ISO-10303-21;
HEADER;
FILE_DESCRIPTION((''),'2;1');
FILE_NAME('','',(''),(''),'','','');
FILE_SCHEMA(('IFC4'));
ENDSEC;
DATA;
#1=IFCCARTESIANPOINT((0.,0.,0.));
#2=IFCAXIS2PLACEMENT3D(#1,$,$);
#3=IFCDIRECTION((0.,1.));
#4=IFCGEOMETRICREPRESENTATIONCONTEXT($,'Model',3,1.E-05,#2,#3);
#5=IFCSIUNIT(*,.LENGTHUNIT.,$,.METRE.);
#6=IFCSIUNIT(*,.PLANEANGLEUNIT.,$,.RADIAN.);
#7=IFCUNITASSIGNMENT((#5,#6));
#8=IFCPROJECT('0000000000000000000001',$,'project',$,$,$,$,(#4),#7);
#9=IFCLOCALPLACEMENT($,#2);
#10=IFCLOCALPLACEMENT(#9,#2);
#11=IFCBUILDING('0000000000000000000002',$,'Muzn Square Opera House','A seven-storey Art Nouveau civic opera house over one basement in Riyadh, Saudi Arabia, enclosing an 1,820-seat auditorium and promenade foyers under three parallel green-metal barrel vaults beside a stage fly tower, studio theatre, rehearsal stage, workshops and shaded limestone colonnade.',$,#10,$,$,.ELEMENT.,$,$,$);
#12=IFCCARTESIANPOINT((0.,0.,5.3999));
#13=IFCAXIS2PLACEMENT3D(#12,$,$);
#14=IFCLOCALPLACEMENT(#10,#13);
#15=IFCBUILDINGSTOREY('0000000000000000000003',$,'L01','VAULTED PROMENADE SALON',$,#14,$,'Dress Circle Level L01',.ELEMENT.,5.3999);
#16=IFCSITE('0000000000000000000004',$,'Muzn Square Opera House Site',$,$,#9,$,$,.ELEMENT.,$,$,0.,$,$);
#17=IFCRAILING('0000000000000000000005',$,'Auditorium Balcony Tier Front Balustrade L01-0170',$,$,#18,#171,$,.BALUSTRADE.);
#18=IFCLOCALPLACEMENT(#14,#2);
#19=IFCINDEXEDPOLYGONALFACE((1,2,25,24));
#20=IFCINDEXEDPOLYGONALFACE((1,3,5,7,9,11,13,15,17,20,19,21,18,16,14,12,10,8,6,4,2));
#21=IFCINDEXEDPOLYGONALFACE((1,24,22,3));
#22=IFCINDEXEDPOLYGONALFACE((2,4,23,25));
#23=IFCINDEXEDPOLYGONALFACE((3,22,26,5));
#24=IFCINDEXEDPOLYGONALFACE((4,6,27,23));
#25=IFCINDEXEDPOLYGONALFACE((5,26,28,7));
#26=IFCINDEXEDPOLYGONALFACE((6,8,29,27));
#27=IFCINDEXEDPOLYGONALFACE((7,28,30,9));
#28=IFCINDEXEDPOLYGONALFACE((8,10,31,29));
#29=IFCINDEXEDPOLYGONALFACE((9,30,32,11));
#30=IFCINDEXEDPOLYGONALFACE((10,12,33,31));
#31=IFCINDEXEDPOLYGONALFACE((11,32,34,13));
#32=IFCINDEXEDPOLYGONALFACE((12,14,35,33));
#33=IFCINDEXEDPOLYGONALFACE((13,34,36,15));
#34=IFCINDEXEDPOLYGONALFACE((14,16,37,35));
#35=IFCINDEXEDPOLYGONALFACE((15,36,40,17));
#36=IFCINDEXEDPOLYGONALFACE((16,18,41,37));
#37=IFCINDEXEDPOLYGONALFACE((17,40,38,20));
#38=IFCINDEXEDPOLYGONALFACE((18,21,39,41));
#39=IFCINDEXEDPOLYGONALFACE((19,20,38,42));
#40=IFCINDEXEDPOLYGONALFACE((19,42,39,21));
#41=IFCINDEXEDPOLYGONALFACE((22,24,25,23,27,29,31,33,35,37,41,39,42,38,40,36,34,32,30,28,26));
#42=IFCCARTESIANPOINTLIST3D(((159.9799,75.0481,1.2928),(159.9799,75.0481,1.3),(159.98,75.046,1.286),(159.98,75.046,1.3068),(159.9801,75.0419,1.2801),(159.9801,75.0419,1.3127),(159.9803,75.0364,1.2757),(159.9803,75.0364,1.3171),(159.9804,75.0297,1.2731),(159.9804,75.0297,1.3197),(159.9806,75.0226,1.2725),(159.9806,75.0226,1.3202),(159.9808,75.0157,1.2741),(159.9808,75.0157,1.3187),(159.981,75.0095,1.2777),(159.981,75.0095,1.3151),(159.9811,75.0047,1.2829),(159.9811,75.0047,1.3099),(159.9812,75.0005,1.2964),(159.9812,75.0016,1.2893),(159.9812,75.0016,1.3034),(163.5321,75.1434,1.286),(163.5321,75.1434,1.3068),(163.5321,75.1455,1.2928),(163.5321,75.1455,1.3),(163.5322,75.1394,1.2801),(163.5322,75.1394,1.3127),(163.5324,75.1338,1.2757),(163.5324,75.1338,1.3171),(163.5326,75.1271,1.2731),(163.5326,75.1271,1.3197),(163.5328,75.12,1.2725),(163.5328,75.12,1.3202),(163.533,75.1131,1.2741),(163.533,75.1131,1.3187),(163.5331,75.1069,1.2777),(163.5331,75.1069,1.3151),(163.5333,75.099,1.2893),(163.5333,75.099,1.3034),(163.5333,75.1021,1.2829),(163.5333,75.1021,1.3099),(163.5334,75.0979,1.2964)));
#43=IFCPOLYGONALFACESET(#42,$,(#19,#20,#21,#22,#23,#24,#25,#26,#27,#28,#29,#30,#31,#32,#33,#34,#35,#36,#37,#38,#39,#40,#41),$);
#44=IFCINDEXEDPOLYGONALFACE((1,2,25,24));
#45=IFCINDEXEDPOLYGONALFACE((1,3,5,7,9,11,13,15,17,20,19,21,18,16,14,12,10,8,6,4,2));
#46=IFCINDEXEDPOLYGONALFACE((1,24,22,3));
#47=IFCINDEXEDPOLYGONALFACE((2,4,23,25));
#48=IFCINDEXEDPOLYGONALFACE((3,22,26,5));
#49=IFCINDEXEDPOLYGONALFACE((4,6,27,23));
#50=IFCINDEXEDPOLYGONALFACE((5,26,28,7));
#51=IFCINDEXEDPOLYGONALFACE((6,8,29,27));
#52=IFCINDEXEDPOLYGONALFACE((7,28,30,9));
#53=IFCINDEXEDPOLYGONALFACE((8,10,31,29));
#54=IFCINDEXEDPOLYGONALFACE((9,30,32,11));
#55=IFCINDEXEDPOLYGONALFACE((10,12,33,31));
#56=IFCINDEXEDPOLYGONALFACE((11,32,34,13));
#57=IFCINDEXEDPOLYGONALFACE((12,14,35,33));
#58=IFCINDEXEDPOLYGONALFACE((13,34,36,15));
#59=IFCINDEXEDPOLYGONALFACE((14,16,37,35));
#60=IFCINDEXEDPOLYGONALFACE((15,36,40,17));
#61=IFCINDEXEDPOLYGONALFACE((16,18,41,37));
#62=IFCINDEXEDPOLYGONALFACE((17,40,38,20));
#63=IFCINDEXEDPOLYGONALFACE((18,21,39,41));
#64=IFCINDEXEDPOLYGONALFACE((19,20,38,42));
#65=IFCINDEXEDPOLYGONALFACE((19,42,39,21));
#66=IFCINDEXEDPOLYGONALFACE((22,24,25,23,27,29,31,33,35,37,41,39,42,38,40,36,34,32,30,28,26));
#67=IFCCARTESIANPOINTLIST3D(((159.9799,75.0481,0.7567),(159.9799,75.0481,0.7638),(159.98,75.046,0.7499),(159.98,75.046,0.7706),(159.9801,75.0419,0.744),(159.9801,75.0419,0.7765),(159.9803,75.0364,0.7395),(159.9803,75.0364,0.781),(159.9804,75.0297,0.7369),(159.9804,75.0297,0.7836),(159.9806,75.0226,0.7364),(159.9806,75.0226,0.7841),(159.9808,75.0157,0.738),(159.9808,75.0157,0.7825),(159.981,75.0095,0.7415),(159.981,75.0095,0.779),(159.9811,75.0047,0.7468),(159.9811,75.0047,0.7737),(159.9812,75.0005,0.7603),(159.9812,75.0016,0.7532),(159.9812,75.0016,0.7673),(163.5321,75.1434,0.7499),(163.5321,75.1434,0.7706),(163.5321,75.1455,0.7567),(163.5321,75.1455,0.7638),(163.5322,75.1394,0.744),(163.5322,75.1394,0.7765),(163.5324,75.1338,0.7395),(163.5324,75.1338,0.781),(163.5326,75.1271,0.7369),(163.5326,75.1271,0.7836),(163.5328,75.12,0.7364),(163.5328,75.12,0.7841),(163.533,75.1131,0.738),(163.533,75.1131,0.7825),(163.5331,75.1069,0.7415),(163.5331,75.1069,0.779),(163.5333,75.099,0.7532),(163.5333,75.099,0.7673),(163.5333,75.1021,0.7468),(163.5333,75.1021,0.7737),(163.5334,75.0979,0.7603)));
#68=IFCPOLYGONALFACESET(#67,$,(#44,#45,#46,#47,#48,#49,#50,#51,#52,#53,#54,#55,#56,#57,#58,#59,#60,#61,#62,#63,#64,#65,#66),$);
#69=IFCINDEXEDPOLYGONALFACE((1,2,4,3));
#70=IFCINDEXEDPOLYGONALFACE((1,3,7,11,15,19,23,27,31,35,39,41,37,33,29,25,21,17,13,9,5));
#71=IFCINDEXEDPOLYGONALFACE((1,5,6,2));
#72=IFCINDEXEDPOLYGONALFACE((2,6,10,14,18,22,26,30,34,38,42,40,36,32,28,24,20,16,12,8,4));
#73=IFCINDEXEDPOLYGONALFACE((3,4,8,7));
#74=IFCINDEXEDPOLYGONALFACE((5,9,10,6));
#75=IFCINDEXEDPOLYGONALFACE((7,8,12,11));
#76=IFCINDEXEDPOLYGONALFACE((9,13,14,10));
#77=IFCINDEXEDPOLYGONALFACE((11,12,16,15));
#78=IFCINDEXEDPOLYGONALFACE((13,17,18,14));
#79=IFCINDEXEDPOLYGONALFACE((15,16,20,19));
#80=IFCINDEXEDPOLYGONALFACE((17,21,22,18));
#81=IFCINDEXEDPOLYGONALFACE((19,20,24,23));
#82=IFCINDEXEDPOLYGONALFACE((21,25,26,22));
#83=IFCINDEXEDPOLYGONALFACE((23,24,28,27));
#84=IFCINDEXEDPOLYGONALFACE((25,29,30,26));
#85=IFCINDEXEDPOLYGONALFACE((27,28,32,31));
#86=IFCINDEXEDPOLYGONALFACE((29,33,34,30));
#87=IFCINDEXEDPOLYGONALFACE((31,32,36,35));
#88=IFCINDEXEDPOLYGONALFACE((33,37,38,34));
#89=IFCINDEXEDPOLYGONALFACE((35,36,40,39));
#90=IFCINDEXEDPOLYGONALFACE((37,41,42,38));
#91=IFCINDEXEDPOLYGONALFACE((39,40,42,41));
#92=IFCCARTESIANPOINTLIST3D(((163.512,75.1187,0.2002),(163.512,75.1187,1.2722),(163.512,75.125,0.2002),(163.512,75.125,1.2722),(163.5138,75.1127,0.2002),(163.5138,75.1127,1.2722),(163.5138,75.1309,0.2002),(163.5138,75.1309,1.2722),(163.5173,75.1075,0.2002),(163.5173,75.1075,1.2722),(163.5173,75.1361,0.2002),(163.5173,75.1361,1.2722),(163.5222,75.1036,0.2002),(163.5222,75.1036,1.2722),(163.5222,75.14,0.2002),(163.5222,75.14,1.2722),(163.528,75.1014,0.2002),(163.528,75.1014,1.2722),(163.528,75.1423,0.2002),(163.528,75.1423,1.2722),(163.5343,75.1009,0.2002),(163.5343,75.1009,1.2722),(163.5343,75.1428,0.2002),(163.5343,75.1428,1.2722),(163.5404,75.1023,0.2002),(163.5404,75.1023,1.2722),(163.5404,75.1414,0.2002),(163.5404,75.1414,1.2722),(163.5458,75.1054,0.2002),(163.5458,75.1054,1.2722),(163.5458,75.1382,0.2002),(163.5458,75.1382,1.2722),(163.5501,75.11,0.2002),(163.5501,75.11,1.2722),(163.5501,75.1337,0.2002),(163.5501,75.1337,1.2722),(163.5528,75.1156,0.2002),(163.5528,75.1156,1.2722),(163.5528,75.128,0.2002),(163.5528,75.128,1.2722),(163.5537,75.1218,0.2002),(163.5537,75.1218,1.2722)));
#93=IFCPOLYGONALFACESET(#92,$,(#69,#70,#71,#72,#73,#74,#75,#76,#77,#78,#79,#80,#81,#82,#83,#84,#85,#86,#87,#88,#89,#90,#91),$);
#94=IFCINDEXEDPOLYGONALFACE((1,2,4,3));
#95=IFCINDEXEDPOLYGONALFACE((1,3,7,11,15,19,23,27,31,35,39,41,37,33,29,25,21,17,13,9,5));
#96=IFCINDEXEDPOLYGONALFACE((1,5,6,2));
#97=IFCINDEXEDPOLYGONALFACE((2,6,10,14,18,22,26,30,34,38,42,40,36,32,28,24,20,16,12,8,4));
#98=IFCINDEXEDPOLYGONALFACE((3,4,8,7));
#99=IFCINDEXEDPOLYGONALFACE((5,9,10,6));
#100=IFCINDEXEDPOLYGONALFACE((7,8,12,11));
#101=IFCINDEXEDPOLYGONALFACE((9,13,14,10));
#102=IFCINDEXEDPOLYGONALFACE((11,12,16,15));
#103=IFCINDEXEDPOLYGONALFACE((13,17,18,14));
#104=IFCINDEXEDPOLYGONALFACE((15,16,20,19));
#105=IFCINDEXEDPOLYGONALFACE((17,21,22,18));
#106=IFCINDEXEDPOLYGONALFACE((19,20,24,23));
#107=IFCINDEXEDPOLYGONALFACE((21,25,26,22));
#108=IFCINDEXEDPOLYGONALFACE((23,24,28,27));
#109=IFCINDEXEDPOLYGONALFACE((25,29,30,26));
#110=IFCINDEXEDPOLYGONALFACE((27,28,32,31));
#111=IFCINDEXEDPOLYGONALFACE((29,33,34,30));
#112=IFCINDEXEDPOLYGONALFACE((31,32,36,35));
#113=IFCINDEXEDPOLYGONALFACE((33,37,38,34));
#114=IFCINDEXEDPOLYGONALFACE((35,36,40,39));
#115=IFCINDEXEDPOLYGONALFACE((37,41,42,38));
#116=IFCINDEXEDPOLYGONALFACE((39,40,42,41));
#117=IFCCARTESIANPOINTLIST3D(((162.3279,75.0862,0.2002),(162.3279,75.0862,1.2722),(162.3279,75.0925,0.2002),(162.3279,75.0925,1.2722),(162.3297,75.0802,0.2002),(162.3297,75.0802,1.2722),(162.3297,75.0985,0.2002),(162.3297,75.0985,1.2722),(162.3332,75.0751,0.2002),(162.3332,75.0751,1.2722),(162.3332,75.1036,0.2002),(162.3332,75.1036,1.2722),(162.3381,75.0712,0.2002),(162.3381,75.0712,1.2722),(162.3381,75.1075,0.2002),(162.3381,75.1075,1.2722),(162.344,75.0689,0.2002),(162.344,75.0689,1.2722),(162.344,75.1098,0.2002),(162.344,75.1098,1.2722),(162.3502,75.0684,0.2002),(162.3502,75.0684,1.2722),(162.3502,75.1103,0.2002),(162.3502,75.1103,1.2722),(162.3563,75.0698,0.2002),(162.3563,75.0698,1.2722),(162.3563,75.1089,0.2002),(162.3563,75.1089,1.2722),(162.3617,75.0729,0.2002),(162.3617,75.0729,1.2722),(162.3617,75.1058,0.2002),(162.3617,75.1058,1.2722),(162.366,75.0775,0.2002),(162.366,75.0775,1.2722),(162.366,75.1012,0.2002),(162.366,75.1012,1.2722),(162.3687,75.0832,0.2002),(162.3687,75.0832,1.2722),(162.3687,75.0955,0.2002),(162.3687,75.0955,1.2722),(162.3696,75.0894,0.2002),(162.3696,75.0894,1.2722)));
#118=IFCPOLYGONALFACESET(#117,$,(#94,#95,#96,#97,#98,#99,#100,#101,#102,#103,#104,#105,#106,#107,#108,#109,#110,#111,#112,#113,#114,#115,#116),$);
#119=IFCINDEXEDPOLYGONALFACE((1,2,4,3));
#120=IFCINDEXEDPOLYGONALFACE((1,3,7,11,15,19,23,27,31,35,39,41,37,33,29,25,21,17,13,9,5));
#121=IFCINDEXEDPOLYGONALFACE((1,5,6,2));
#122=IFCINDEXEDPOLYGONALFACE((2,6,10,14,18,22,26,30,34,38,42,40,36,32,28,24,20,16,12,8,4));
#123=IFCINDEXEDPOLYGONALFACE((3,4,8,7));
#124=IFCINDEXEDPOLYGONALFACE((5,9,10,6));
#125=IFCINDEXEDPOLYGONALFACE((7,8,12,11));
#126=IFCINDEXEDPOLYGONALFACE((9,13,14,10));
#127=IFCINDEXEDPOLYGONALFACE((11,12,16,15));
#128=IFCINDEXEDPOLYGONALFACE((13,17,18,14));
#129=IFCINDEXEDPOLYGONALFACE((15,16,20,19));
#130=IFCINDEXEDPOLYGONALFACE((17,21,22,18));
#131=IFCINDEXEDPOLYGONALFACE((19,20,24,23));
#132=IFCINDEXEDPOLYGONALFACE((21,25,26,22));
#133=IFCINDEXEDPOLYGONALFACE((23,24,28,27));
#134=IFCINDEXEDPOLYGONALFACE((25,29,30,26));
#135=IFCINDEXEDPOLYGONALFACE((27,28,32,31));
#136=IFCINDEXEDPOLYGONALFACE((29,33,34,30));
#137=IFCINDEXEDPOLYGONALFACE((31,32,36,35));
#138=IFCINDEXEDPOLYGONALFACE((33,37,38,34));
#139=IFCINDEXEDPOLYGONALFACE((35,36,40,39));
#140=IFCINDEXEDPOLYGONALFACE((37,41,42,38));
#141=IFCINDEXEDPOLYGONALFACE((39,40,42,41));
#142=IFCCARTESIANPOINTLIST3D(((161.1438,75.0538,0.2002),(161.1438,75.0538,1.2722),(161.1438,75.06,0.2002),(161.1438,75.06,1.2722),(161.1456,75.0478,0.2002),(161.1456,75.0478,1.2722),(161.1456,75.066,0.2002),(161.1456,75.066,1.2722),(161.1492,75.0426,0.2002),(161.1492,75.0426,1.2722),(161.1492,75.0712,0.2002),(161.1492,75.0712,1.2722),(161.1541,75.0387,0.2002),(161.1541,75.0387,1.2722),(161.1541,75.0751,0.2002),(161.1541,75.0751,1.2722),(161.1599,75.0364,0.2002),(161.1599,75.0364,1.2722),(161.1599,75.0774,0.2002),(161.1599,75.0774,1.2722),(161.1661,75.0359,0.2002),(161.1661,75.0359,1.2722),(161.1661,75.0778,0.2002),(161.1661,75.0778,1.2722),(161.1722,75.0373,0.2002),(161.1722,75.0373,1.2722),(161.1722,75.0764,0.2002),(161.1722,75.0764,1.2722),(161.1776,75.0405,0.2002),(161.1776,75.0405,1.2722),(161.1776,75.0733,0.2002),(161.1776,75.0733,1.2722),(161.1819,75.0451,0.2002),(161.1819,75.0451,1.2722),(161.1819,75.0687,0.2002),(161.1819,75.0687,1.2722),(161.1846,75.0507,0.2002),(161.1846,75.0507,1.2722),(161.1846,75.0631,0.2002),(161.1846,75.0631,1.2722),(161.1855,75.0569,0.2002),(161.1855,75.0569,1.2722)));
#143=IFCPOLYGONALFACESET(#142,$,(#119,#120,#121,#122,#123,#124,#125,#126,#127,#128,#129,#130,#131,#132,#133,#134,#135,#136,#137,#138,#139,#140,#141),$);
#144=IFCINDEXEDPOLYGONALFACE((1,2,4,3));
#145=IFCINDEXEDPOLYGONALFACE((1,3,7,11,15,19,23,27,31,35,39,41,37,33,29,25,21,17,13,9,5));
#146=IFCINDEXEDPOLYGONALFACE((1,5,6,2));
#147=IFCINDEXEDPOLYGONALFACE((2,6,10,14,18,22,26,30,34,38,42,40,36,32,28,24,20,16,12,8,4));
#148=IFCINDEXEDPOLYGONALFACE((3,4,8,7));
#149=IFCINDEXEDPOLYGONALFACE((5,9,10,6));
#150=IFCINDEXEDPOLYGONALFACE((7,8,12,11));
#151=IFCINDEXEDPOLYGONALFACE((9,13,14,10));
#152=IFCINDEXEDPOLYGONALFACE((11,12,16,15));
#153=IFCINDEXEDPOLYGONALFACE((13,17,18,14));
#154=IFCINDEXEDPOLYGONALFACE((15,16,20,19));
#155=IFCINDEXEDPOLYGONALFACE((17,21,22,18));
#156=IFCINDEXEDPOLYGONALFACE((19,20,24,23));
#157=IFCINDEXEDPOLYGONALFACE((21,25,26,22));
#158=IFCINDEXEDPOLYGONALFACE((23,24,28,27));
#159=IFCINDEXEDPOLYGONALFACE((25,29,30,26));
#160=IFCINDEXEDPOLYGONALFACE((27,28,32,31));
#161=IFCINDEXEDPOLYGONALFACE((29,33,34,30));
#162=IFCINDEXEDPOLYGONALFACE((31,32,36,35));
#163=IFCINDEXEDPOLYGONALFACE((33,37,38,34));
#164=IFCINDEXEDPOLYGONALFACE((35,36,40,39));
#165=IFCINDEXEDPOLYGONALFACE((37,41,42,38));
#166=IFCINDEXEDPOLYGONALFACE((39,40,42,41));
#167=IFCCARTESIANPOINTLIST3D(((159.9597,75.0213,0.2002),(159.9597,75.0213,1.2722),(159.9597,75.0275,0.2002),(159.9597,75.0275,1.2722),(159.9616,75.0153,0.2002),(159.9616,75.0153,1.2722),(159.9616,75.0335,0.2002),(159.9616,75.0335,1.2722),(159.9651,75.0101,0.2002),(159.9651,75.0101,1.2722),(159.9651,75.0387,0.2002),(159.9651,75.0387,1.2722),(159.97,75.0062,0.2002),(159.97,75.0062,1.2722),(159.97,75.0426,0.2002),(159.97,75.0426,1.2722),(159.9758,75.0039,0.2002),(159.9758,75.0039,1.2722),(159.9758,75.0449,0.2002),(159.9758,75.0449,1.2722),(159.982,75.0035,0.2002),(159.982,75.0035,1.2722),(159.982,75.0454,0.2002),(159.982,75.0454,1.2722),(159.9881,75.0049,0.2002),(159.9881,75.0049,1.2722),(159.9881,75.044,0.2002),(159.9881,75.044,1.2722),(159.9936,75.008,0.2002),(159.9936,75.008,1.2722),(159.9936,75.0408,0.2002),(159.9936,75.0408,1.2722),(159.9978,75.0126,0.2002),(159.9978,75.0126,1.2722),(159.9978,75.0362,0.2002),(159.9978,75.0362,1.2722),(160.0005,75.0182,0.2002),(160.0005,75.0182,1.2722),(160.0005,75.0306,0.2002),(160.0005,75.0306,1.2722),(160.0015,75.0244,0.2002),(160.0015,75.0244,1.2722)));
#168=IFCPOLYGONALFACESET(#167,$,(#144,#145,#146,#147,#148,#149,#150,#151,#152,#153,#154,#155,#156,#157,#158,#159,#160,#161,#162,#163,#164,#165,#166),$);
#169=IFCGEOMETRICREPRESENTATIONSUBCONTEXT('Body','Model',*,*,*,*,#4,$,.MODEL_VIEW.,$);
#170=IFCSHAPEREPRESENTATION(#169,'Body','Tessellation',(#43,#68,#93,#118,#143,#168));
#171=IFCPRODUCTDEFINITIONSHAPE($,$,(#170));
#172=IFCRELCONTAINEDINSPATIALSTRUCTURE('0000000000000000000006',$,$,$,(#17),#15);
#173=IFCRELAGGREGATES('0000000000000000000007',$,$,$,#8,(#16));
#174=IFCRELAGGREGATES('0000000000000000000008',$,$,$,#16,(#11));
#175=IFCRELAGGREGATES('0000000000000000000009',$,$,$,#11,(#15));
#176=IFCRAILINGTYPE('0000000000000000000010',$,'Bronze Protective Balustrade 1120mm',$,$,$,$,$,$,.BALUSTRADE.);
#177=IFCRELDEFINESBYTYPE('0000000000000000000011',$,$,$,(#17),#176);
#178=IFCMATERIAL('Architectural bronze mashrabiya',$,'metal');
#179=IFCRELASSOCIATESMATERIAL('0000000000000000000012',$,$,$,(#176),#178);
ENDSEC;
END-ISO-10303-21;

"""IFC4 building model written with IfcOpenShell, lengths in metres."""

from ifc_helpers import new_model, si_unit, direction, frame, origin, origin_2d, place, context, subcontext, project, spatial, circle, extrude, material, type_object, element, save


model = new_model("IFC4")

# Units and contexts
model_context = context("Model", 3, precision=1e-05, world=origin(), true_north=direction((0.0, 1.0)))
body_context = subcontext(model_context, "Body", "Model", "MODEL_VIEW")
ifc_project = project(units=[si_unit("LENGTHUNIT", "METRE"), si_unit("PLANEANGLEUNIT", "RADIAN")], contexts=[model_context])

# Site, building, storey
site_placement = place(None, origin())
site = spatial("IfcSite", under=ifc_project, at=site_placement, Name="Muzn Square Opera House Site", CompositionType="ELEMENT", RefElevation=0.0)
building_placement = place(site_placement, origin())
building = spatial("IfcBuilding", under=site, at=building_placement, Name="Muzn Square Opera House", Description="A seven-storey Art Nouveau civic opera house over one basement in Riyadh, Saudi Arabia, enclosing an 1,820-seat auditorium and promenade foyers under three parallel green-metal barrel vaults beside a stage fly tower, studio theatre, rehearsal stage, workshops and shaded limestone colonnade.", CompositionType="ELEMENT")
storey_placement = place(building_placement, frame((0.0, 0.0, 5.3999)))
storey = spatial("IfcBuildingStorey", under=building, at=storey_placement, Name="L01", Description="VAULTED PROMENADE SALON", LongName="Dress Circle Level L01", CompositionType="ELEMENT", Elevation=5.3999)

# Railing
ifc_material_1 = material(Name="Architectural bronze mashrabiya", Category="metal")
railing_type = type_object("IfcRailingType", Name="Bronze Protective Balustrade 1120mm", PredefinedType="BALUSTRADE", material=ifc_material_1)
railing_1_placement = place(storey_placement, frame((163.5327, 75.1218, 0.2002)))
element("IfcRailing", 1, at=railing_1_placement, inside=storey, type_object=railing_type, Name="Auditorium Balcony Tier Front Balustrade L01-0170", PredefinedType="BALUSTRADE", context=body_context, shape_type="SweptSolid", body=[
    extrude(circle(Radius=0.0239, at=origin_2d()), frame((0.0, 0.0, 1.0962), z_axis=(-0.999624, -0.027412, 0.0), x_axis=(0.027412, -0.999624, 0.0)), (0.0, 0.0, 1.0), 3.5535),
    extrude(circle(Radius=0.0239, at=origin_2d()), frame((0.0, 0.0, 0.5601), z_axis=(-0.999624, -0.027412, 0.0), x_axis=(0.027412, -0.999624, 0.0)), (0.0, 0.0, 1.0), 3.5535),
    extrude(circle(Radius=0.021, at=origin_2d()), origin(), (0.0, 0.0, 1.0), 1.072),
    extrude(circle(Radius=0.021, at=origin_2d()), frame((-1.1841, -0.0325, 0.0)), (0.0, 0.0, 1.0), 1.072),
    extrude(circle(Radius=0.021, at=origin_2d()), frame((-2.3682, -0.0649, 0.0)), (0.0, 0.0, 1.0), 1.072),
    extrude(circle(Radius=0.021, at=origin_2d()), frame((-3.5522, -0.0974, 0.0)), (0.0, 0.0, 1.0), 1.072),
])

save(model, "model.ifc")
